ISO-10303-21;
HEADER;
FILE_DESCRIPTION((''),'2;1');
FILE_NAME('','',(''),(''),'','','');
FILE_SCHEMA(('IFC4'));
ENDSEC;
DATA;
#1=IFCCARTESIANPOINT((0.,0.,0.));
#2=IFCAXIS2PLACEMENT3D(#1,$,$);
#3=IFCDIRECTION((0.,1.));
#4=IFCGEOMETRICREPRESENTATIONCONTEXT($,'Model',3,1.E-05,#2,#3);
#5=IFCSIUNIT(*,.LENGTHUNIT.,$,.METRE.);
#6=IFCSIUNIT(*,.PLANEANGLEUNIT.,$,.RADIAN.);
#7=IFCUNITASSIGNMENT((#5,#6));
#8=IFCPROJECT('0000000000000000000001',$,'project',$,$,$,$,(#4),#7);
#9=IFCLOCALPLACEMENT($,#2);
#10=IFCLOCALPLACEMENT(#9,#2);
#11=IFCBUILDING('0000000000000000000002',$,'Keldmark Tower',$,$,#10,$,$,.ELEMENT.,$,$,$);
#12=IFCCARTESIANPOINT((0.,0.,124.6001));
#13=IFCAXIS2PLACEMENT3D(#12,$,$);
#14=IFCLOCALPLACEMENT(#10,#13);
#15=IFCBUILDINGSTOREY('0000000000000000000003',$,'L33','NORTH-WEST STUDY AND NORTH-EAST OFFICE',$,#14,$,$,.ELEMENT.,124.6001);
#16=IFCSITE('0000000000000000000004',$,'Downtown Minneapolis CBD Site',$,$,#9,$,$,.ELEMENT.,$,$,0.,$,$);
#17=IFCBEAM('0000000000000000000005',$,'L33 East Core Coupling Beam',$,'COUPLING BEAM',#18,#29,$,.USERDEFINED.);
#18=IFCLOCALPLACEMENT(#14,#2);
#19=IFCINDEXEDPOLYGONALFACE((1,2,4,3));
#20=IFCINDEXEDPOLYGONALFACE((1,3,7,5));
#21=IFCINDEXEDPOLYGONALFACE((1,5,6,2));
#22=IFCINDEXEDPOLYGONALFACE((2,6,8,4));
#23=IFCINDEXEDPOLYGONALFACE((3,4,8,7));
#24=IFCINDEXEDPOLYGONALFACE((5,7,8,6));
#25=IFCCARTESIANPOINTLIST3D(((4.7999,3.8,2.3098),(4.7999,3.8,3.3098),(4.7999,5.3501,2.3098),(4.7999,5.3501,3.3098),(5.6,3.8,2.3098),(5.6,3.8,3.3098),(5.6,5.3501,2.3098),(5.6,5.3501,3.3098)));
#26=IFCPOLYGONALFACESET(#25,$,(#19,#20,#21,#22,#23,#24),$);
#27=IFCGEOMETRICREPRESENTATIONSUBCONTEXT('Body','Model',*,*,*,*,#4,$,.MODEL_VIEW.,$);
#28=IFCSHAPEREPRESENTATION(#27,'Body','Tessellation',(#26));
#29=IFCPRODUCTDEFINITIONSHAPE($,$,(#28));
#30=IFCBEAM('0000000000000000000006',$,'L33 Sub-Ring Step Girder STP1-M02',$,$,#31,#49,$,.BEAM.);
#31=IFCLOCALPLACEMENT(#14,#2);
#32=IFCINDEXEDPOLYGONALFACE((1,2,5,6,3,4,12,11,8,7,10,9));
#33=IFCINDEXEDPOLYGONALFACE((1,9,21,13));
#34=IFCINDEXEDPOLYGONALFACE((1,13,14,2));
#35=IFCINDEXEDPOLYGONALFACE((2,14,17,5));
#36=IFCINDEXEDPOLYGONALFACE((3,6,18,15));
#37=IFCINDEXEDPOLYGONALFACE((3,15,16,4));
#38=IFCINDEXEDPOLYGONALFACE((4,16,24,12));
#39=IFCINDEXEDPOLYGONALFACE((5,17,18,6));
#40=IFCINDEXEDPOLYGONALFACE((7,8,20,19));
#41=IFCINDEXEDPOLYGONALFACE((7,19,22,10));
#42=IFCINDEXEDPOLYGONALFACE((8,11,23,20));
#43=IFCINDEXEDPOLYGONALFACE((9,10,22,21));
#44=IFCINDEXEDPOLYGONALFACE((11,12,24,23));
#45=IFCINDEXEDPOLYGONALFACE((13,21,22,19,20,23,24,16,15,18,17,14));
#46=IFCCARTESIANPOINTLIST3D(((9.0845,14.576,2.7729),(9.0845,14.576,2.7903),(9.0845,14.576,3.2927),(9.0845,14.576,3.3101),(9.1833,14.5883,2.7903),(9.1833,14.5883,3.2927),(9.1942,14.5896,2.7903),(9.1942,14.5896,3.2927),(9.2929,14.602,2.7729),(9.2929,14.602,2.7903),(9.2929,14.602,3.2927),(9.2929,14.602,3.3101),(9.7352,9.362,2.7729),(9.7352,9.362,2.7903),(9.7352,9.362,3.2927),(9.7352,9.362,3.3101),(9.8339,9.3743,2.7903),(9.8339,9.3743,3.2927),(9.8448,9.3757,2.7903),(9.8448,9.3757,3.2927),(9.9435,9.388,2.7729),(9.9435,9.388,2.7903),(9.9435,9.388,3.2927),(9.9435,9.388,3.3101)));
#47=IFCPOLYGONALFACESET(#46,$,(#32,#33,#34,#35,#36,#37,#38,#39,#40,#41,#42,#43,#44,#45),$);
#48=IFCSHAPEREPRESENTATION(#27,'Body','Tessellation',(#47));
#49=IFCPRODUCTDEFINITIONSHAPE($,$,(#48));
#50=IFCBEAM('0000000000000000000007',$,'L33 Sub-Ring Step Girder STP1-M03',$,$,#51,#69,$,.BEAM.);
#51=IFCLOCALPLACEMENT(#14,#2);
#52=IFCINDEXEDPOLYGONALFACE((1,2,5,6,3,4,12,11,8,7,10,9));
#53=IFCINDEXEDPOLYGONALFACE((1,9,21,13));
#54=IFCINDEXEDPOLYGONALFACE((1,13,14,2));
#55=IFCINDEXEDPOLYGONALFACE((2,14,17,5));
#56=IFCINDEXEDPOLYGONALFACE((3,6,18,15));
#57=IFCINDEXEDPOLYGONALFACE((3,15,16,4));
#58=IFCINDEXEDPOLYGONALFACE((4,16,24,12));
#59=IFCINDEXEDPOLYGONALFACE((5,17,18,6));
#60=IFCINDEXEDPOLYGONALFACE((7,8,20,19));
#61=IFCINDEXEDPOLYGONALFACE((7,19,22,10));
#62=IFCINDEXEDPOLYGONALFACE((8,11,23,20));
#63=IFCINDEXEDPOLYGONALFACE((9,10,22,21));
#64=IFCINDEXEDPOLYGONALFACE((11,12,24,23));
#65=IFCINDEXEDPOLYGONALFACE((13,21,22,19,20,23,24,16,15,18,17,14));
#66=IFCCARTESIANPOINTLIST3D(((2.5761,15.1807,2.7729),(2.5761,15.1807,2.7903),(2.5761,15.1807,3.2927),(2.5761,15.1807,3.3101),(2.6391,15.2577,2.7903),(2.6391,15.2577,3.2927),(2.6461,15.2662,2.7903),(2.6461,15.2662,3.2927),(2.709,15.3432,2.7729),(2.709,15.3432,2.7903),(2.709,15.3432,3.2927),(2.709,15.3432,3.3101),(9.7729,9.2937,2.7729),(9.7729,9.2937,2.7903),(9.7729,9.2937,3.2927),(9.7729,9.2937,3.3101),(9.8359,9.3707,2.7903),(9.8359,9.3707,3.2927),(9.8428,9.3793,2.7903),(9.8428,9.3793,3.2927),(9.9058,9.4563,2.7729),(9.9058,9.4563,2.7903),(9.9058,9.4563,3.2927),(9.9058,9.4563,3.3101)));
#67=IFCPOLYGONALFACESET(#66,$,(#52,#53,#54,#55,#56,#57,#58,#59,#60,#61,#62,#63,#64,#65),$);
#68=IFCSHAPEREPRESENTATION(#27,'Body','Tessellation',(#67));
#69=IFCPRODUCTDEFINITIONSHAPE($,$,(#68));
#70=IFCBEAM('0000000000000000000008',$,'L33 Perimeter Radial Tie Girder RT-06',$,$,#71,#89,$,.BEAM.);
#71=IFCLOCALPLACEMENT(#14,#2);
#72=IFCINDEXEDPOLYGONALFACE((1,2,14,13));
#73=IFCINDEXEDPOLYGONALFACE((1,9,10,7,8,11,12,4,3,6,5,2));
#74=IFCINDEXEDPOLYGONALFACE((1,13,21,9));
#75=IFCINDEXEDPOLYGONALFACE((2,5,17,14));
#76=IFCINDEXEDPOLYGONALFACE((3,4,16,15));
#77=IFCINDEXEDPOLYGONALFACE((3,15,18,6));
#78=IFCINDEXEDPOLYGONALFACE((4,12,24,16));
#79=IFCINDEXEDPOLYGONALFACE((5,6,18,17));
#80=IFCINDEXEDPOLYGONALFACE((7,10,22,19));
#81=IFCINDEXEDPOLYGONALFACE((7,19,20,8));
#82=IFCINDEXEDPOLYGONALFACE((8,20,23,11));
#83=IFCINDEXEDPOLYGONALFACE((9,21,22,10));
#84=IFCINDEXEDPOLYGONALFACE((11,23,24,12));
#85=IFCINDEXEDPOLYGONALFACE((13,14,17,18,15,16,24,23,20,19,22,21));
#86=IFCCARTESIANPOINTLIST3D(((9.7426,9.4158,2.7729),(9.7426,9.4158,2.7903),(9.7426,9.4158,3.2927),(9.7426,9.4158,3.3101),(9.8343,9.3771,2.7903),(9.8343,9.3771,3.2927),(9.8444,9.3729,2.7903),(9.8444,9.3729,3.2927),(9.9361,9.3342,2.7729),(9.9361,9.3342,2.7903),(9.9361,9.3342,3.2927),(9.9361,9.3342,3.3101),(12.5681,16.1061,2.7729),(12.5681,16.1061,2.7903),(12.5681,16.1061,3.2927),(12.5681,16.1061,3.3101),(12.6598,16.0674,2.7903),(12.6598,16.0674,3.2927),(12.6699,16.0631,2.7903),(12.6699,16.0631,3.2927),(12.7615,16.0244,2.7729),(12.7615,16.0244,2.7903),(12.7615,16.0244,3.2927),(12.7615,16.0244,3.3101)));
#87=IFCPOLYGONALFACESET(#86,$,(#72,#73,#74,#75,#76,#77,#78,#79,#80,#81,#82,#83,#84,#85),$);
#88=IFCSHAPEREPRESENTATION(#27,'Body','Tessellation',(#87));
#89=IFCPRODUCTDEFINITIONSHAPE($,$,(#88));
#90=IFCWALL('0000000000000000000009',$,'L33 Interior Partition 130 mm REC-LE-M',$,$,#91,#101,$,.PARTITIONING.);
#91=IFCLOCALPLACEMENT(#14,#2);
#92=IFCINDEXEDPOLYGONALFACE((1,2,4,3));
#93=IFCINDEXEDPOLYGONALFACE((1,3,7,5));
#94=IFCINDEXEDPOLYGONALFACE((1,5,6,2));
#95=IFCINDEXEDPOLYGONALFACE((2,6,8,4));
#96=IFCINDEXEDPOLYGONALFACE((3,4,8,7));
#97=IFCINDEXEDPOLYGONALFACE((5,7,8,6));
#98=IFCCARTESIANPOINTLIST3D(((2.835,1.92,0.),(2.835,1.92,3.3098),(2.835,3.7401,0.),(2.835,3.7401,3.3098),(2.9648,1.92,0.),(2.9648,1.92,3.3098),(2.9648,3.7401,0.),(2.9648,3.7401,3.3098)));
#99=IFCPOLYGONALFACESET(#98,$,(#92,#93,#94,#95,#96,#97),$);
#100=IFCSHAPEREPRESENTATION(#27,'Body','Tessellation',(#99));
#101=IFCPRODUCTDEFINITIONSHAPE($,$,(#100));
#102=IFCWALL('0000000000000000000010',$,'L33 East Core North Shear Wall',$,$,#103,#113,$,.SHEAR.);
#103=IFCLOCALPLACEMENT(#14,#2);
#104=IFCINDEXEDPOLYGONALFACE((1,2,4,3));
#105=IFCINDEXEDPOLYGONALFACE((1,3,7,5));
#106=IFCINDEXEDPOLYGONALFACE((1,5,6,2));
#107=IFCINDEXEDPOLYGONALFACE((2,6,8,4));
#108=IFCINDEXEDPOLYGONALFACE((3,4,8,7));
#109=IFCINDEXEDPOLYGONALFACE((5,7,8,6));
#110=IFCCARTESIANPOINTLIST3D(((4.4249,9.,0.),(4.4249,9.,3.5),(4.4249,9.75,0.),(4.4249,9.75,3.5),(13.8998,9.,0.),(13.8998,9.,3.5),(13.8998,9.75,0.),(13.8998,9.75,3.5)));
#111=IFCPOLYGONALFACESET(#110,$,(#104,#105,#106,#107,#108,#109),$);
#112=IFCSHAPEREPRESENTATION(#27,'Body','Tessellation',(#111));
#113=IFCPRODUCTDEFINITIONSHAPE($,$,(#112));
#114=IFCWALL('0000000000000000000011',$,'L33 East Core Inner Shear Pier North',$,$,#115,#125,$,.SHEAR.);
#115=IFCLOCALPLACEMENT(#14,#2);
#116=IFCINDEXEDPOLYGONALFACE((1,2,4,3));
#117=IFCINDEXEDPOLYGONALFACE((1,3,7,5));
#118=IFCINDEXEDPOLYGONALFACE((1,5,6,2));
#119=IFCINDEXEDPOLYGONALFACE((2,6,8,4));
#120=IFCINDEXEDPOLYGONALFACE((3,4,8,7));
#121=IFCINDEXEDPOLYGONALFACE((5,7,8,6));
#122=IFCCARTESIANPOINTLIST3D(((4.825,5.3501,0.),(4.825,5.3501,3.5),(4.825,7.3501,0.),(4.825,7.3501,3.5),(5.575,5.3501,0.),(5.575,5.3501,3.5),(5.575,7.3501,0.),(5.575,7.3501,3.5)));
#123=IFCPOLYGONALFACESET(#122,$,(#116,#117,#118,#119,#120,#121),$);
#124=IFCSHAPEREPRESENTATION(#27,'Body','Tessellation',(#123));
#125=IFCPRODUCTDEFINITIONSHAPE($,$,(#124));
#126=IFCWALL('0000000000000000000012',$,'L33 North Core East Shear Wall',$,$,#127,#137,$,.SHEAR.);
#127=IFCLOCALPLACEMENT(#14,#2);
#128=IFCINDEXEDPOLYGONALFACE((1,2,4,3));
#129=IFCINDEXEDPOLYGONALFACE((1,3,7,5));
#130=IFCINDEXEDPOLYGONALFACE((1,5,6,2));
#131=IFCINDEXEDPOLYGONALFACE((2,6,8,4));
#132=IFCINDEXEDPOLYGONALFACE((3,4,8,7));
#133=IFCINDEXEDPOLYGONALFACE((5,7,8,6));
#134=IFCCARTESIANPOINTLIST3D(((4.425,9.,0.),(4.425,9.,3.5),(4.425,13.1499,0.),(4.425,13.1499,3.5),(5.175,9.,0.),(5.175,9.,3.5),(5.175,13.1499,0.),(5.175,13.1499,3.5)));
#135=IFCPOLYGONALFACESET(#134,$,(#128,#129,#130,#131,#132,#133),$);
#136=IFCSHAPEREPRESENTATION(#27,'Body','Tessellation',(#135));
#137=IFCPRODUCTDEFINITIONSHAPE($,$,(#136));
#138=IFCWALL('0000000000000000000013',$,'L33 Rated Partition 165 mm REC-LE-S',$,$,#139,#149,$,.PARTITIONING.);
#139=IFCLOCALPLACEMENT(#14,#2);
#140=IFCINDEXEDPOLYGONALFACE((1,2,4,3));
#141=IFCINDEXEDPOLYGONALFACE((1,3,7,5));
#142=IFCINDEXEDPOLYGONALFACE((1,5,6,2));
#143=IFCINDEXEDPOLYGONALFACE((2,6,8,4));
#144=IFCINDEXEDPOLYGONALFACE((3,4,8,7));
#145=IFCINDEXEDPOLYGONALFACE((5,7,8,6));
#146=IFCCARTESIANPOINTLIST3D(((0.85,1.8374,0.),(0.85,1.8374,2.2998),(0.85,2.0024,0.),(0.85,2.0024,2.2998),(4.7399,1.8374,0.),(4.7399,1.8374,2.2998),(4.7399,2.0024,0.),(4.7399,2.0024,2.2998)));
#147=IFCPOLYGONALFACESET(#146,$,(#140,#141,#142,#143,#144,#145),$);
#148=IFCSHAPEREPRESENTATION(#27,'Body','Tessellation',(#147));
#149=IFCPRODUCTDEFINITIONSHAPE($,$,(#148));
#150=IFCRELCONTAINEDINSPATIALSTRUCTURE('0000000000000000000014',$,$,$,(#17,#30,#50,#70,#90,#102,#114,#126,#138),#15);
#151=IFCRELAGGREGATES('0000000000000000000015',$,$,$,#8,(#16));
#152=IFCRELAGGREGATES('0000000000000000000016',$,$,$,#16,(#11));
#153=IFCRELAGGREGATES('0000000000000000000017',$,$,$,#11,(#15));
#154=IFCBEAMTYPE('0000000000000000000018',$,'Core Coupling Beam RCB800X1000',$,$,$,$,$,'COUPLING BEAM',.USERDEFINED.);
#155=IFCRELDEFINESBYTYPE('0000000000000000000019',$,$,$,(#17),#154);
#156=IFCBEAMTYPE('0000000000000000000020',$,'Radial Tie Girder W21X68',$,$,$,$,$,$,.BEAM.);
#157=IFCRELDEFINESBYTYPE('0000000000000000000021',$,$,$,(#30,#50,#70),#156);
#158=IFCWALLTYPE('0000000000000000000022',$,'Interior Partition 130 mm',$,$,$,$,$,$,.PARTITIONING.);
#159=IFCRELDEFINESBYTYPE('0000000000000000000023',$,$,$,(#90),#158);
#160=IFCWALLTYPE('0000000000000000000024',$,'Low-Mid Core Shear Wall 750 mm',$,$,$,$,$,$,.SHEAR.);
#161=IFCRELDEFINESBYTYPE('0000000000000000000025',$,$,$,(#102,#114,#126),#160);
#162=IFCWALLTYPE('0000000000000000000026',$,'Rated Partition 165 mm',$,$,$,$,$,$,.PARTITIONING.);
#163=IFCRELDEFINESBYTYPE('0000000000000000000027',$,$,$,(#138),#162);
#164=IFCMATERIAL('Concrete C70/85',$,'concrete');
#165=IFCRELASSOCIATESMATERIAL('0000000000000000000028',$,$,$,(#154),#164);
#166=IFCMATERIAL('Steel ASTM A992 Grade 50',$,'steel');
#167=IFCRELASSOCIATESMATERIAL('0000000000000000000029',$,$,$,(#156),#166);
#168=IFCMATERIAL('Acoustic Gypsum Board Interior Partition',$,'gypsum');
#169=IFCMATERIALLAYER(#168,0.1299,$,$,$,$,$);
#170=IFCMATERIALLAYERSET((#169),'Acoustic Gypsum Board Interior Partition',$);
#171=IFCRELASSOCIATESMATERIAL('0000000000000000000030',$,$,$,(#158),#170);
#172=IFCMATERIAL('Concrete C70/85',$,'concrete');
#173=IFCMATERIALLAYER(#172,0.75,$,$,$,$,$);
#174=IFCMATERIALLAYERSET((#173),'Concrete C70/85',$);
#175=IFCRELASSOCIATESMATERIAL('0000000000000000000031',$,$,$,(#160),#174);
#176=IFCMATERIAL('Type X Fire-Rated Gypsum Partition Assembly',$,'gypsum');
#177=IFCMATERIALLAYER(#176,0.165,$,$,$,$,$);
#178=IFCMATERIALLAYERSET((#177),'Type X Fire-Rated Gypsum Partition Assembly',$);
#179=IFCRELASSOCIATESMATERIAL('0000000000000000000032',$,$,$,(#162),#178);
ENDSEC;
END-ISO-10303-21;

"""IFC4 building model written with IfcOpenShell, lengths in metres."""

from ifc_helpers import new_model, si_unit, direction, frame, frame_2d, origin, origin_2d, place, context, subcontext, project, spatial, rectangle, i_section, extrude, material, layer, layer_set, material_profile, profile_set, type_object, element, save


model = new_model("IFC4")

# Units and contexts
model_context = context("Model", 3, precision=1e-05, world=origin(), true_north=direction((0.0, 1.0)))
body_context = subcontext(model_context, "Body", "Model", "MODEL_VIEW")
ifc_project = project(units=[si_unit("LENGTHUNIT", "METRE"), si_unit("PLANEANGLEUNIT", "RADIAN")], contexts=[model_context])

# Site, building, storey
site_placement = place(None, origin())
site = spatial("IfcSite", under=ifc_project, at=site_placement, Name="Downtown Minneapolis CBD Site", CompositionType="ELEMENT", RefElevation=0.0)
building_placement = place(site_placement, origin())
building = spatial("IfcBuilding", under=site, at=building_placement, Name="Keldmark Tower", CompositionType="ELEMENT")
storey_placement = place(building_placement, frame((0.0, 0.0, 124.6001)))
storey = spatial("IfcBuildingStorey", under=building, at=storey_placement, Name="L33", Description="NORTH-WEST STUDY AND NORTH-EAST OFFICE", CompositionType="ELEMENT", Elevation=124.6001)

# Beams
ifc_material_1 = material(Name="Concrete C70/85", Category="concrete")
ifc_material_profile_1 = material_profile(ifc_material_1, rectangle(XDim=0.8, YDim=1.0, at=origin_2d()), Name="RCB800X1000")
ifc_profile_set_1 = profile_set([ifc_material_profile_1], Name="Concrete C70/85")
beam_type_1 = type_object("IfcBeamType", Name="Core Coupling Beam RCB800X1000", ElementType="COUPLING BEAM", PredefinedType="USERDEFINED", material=ifc_profile_set_1)
beam_1_placement = place(storey_placement, frame((5.2, 3.8, 2.8098), z_axis=(0.0, 1.0, 0.0), x_axis=(-1.0, 0.0, 0.0)))
element("IfcBeam", 1, at=beam_1_placement, inside=storey, type_object=beam_type_1, Name="L33 East Core Coupling Beam", ObjectType="COUPLING BEAM", PredefinedType="USERDEFINED", context=body_context, shape_type="SweptSolid", body=[
    extrude(rectangle(XDim=0.8, YDim=1.0, at=origin_2d()), origin(), (0.0, 0.0, 1.0), 1.55),
])
ifc_material_2 = material(Name="Steel ASTM A992 Grade 50", Category="steel")
ifc_material_profile_2 = material_profile(ifc_material_2, i_section(OverallWidth=0.21, OverallDepth=0.5371, WebThickness=0.011, FlangeThickness=0.0173, at=origin_2d()), Name="W21X68")
ifc_profile_set_2 = profile_set([ifc_material_profile_2], Name="Steel ASTM A992 Grade 50")
beam_type_2 = type_object("IfcBeamType", Name="Radial Tie Girder W21X68", PredefinedType="BEAM", material=ifc_profile_set_2)
beam_2_placement = place(storey_placement, frame((9.8394, 9.375, 3.0415), z_axis=(-0.123829, 0.992304, 0.0), x_axis=(-0.992304, -0.123829, 0.0)))
element("IfcBeam", 2, at=beam_2_placement, inside=storey, type_object=beam_type_2, Name="L33 Sub-Ring Step Girder STP1-M02", PredefinedType="BEAM", context=body_context, shape_type="SweptSolid", body=[
    extrude(i_section(OverallWidth=0.21, OverallDepth=0.5371, WebThickness=0.011, FlangeThickness=0.0173, at=origin_2d()), origin(), (0.0, 0.0, 1.0), 5.2544),
])
beam_3_placement = place(storey_placement, frame((9.8394, 9.375, 3.0415), z_axis=(-0.774026, 0.633153, 0.0), x_axis=(-0.633153, -0.774026, 0.0)))
element("IfcBeam", 3, at=beam_3_placement, inside=storey, type_object=beam_type_2, Name="L33 Sub-Ring Step Girder STP1-M03", PredefinedType="BEAM", context=body_context, shape_type="SweptSolid", body=[
    extrude(i_section(OverallWidth=0.21, OverallDepth=0.5371, WebThickness=0.011, FlangeThickness=0.0173, at=origin_2d()), origin(), (0.0, 0.0, 1.0), 9.2979),
])
beam_4_placement = place(storey_placement, frame((9.8394, 9.375, 3.0415), z_axis=(0.389053, 0.921215, 0.0), x_axis=(-0.921215, 0.389053, 0.0)))
element("IfcBeam", 4, at=beam_4_placement, inside=storey, type_object=beam_type_2, Name="L33 Perimeter Radial Tie Girder RT-06", PredefinedType="BEAM", context=body_context, shape_type="SweptSolid", body=[
    extrude(i_section(OverallWidth=0.21, OverallDepth=0.5371, WebThickness=0.011, FlangeThickness=0.0173, at=origin_2d()), origin(), (0.0, 0.0, 1.0), 7.2625),
])

# Walls
ifc_material_3 = material(Name="Acoustic Gypsum Board Interior Partition", Category="gypsum")
ifc_layer_1 = layer(ifc_material_3, 0.1299)
ifc_layer_set_1 = layer_set([ifc_layer_1], Name="Acoustic Gypsum Board Interior Partition")
wall_type_1 = type_object("IfcWallType", Name="Interior Partition 130 mm", PredefinedType="PARTITIONING", material=ifc_layer_set_1)
wall_1_placement = place(storey_placement, frame((2.8999, 1.9199, 0.0), z_axis=(0.0, 0.0, 1.0), x_axis=(0.0, 1.0, 0.0)))
element("IfcWall", 5, at=wall_1_placement, inside=storey, type_object=wall_type_1, Name="L33 Interior Partition 130 mm REC-LE-M", PredefinedType="PARTITIONING", context=body_context, shape_type="SweptSolid", body=[
    extrude(rectangle(XDim=1.8201, YDim=0.1299, at=frame_2d((0.9102, 0.0))), origin(), (0.0, 0.0, 1.0), 3.3098),
])
ifc_material_4 = material(Name="Concrete C70/85", Category="concrete")
ifc_layer_2 = layer(ifc_material_4, 0.75)
ifc_layer_set_2 = layer_set([ifc_layer_2], Name="Concrete C70/85")
wall_type_2 = type_object("IfcWallType", Name="Low-Mid Core Shear Wall 750 mm", PredefinedType="SHEAR", material=ifc_layer_set_2)
wall_2_placement = place(storey_placement, frame((4.425, 9.375, 0.0), z_axis=(0.0, 0.0, 1.0), x_axis=(1.0, 0.0, 0.0)))
element("IfcWall", 6, at=wall_2_placement, inside=storey, type_object=wall_type_2, Name="L33 East Core North Shear Wall", PredefinedType="SHEAR", context=body_context, shape_type="SweptSolid", body=[
    extrude(rectangle(XDim=9.4749, YDim=0.75, at=frame_2d((4.7373, 0.0))), origin(), (0.0, 0.0, 1.0), 3.5),
])
wall_3_placement = place(storey_placement, frame((5.2, 5.3501, 0.0), z_axis=(0.0, 0.0, 1.0), x_axis=(0.0, 1.0, 0.0)))
element("IfcWall", 7, at=wall_3_placement, inside=storey, type_object=wall_type_2, Name="L33 East Core Inner Shear Pier North", PredefinedType="SHEAR", context=body_context, shape_type="SweptSolid", body=[
    extrude(rectangle(XDim=2.0, YDim=0.75, at=frame_2d((1.0, 0.0))), origin(), (0.0, 0.0, 1.0), 3.5),
])
wall_4_placement = place(storey_placement, frame((4.8, 9.0, 0.0), z_axis=(0.0, 0.0, 1.0), x_axis=(0.0, 1.0, 0.0)))
element("IfcWall", 8, at=wall_4_placement, inside=storey, type_object=wall_type_2, Name="L33 North Core East Shear Wall", PredefinedType="SHEAR", context=body_context, shape_type="SweptSolid", body=[
    extrude(rectangle(XDim=4.1499, YDim=0.75, at=frame_2d((2.075, 0.0))), origin(), (0.0, 0.0, 1.0), 3.5),
])
ifc_material_5 = material(Name="Type X Fire-Rated Gypsum Partition Assembly", Category="gypsum")
ifc_layer_3 = layer(ifc_material_5, 0.165)
ifc_layer_set_3 = layer_set([ifc_layer_3], Name="Type X Fire-Rated Gypsum Partition Assembly")
wall_type_3 = type_object("IfcWallType", Name="Rated Partition 165 mm", PredefinedType="PARTITIONING", material=ifc_layer_set_3)
wall_5_placement = place(storey_placement, frame((0.8501, 1.9199, 0.0), z_axis=(0.0, 0.0, 1.0), x_axis=(1.0, 0.0, 0.0)))
element("IfcWall", 9, at=wall_5_placement, inside=storey, type_object=wall_type_3, Name="L33 Rated Partition 165 mm REC-LE-S", PredefinedType="PARTITIONING", context=body_context, shape_type="SweptSolid", body=[
    extrude(rectangle(XDim=3.8899, YDim=0.165, at=frame_2d((1.9448, 0.0))), origin(), (0.0, 0.0, 1.0), 2.2998),
])

save(model, "model.ifc")
